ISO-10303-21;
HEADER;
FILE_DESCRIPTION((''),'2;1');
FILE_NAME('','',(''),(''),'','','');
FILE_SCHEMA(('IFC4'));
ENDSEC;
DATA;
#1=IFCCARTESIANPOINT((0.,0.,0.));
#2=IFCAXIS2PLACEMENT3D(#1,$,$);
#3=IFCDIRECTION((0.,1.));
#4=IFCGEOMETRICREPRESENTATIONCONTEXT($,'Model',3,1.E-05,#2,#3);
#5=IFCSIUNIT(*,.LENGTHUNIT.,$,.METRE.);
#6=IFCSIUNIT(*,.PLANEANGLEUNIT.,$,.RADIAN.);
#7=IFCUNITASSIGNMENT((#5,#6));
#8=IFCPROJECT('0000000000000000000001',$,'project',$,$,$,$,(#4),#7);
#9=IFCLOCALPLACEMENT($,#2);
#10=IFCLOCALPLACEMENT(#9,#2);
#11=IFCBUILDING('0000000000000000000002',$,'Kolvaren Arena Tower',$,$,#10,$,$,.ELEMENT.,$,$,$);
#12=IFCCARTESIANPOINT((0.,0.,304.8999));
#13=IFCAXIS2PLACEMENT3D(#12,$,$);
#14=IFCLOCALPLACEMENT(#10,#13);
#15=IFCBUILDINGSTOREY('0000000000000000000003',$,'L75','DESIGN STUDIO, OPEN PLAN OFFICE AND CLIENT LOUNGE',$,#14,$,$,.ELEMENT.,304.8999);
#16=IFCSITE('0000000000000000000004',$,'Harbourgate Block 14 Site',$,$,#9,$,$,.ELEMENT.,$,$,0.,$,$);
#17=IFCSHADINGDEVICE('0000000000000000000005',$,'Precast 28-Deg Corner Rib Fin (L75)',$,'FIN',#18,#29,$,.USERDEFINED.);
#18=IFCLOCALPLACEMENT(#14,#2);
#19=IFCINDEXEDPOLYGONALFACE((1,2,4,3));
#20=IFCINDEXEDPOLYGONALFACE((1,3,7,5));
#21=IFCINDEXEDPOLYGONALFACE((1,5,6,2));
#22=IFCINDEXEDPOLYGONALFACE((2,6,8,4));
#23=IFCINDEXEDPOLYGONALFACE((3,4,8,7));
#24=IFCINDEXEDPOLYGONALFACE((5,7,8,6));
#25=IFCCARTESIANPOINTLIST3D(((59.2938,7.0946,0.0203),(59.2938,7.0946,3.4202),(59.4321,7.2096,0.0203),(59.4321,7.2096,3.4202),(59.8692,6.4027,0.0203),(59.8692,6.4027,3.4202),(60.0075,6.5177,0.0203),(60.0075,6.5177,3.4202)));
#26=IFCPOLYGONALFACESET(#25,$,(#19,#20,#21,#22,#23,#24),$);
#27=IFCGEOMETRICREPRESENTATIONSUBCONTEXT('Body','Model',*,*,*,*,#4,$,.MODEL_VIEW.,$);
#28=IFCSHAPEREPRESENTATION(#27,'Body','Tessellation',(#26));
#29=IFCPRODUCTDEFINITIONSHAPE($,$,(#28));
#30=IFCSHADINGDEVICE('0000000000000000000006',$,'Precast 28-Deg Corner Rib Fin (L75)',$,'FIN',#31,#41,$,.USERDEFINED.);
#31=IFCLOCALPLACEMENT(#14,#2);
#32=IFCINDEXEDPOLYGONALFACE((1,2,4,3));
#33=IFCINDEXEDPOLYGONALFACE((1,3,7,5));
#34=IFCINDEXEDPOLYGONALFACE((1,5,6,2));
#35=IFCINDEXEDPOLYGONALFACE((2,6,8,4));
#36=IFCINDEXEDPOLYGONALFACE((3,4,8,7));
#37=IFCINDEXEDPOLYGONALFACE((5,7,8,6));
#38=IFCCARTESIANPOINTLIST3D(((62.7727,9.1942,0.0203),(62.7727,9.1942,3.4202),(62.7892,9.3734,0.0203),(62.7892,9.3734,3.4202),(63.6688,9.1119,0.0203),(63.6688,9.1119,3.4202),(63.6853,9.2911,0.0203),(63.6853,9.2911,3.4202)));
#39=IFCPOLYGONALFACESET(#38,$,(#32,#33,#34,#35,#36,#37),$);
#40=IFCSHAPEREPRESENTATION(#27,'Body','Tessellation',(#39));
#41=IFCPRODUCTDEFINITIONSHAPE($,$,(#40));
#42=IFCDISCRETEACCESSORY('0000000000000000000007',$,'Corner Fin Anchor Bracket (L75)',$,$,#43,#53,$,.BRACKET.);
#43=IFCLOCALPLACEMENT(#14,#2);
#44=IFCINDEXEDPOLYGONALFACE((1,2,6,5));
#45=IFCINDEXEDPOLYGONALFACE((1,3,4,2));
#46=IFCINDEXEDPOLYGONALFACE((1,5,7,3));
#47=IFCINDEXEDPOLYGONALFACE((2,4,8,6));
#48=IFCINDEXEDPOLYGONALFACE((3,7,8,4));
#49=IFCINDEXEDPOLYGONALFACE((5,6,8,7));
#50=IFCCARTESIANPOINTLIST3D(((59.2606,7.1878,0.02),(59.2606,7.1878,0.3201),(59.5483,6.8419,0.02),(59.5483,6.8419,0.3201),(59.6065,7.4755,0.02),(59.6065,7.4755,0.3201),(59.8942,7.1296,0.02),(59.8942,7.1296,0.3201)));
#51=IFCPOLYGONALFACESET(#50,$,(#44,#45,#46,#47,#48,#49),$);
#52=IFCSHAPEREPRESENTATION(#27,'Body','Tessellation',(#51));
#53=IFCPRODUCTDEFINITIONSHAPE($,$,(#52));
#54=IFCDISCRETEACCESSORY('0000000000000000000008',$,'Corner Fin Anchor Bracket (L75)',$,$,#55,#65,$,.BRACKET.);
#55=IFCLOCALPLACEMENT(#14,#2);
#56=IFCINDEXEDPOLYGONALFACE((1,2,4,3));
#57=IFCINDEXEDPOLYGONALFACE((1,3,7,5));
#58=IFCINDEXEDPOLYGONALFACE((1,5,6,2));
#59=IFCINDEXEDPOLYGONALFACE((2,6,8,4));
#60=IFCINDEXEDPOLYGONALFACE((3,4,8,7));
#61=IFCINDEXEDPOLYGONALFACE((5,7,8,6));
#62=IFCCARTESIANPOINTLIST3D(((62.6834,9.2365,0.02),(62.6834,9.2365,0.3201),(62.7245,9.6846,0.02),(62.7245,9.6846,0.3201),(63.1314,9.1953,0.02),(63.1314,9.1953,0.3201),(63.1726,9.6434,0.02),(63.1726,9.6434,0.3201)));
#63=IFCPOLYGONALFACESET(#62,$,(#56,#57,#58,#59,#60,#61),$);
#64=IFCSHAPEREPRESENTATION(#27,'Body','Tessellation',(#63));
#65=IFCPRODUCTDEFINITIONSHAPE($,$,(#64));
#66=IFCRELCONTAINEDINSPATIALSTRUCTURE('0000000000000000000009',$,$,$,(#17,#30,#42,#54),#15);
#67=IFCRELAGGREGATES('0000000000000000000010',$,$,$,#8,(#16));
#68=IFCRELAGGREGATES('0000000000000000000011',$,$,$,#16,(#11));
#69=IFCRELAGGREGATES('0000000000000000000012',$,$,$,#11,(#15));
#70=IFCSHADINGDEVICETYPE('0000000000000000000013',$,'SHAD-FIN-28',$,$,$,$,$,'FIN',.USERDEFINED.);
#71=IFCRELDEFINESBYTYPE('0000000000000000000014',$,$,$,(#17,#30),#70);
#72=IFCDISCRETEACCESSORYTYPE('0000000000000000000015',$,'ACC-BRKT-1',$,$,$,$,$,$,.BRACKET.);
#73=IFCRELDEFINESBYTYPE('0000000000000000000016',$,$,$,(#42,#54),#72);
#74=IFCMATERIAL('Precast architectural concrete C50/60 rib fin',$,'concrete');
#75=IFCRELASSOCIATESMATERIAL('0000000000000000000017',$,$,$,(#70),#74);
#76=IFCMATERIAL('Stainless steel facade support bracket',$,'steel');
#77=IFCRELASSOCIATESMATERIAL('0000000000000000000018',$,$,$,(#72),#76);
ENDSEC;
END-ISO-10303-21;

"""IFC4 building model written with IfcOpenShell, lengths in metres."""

from ifc_helpers import new_model, si_unit, direction, frame, origin, origin_2d, place, context, subcontext, project, spatial, rectangle, extrude, material, type_object, element, save


model = new_model("IFC4")

# Units and contexts
model_context = context("Model", 3, precision=1e-05, world=origin(), true_north=direction((0.0, 1.0)))
body_context = subcontext(model_context, "Body", "Model", "MODEL_VIEW")
ifc_project = project(units=[si_unit("LENGTHUNIT", "METRE"), si_unit("PLANEANGLEUNIT", "RADIAN")], contexts=[model_context])

# Site, building, storey
site_placement = place(None, origin())
site = spatial("IfcSite", under=ifc_project, at=site_placement, Name="Harbourgate Block 14 Site", CompositionType="ELEMENT", RefElevation=0.0)
building_placement = place(site_placement, origin())
building = spatial("IfcBuilding", under=site, at=building_placement, Name="Kolvaren Arena Tower", CompositionType="ELEMENT")
storey_placement = place(building_placement, frame((0.0, 0.0, 304.8999)))
storey = spatial("IfcBuildingStorey", under=building, at=storey_placement, Name="L75", Description="DESIGN STUDIO, OPEN PLAN OFFICE AND CLIENT LOUNGE", CompositionType="ELEMENT", Elevation=304.8999)

# Shading devices
ifc_material_1 = material(Name="Precast architectural concrete C50/60 rib fin", Category="concrete")
shading_device_type = type_object("IfcShadingDeviceType", Name="SHAD-FIN-28", ElementType="FIN", PredefinedType="USERDEFINED", material=ifc_material_1)
for number, where, z_axis, x_axis, name in (
    (1, (59.6506, 6.8062, 0.0203), (0.0, 0.0, 1.0), (0.639409, -0.768866, 0.0), "Precast 28-Deg Corner Rib Fin (L75)"),
    (2, (63.229, 9.2427, 0.0203), (0.0, 0.0, 1.0), (0.995808, -0.091469, 0.0), "Precast 28-Deg Corner Rib Fin (L75)"),
):
    element("IfcShadingDevice", number, at=place(storey_placement, frame(where, z_axis=z_axis, x_axis=x_axis)), inside=storey, type_object=shading_device_type, Name=name, ObjectType="FIN", PredefinedType="USERDEFINED", context=body_context, shape_type="SweptSolid", body=[
        extrude(rectangle(XDim=0.8999, YDim=0.1799, at=origin_2d()), origin(), (0.0, 0.0, 1.0), 3.3999),
    ])

# Discrete accessories
ifc_material_2 = material(Name="Stainless steel facade support bracket", Category="steel")
discrete_accessory_type = type_object("IfcDiscreteAccessoryType", Name="ACC-BRKT-1", PredefinedType="BRACKET", material=ifc_material_2)
for number, where, z_axis, x_axis, name in (
    (3, (59.5774, 7.1587, 0.02), (0.0, 0.0, 1.0), (0.639409, -0.768866, 0.0), "Corner Fin Anchor Bracket (L75)"),
    (4, (62.928, 9.4399, 0.02), (0.0, 0.0, 1.0), (0.995808, -0.091469, 0.0), "Corner Fin Anchor Bracket (L75)"),
):
    element("IfcDiscreteAccessory", number, at=place(storey_placement, frame(where, z_axis=z_axis, x_axis=x_axis)), inside=storey, type_object=discrete_accessory_type, Name=name, PredefinedType="BRACKET", context=body_context, shape_type="SweptSolid", body=[
        extrude(rectangle(XDim=0.45, YDim=0.45, at=origin_2d()), origin(), (0.0, 0.0, 1.0), 0.3),
    ])

save(model, "model.ifc")
